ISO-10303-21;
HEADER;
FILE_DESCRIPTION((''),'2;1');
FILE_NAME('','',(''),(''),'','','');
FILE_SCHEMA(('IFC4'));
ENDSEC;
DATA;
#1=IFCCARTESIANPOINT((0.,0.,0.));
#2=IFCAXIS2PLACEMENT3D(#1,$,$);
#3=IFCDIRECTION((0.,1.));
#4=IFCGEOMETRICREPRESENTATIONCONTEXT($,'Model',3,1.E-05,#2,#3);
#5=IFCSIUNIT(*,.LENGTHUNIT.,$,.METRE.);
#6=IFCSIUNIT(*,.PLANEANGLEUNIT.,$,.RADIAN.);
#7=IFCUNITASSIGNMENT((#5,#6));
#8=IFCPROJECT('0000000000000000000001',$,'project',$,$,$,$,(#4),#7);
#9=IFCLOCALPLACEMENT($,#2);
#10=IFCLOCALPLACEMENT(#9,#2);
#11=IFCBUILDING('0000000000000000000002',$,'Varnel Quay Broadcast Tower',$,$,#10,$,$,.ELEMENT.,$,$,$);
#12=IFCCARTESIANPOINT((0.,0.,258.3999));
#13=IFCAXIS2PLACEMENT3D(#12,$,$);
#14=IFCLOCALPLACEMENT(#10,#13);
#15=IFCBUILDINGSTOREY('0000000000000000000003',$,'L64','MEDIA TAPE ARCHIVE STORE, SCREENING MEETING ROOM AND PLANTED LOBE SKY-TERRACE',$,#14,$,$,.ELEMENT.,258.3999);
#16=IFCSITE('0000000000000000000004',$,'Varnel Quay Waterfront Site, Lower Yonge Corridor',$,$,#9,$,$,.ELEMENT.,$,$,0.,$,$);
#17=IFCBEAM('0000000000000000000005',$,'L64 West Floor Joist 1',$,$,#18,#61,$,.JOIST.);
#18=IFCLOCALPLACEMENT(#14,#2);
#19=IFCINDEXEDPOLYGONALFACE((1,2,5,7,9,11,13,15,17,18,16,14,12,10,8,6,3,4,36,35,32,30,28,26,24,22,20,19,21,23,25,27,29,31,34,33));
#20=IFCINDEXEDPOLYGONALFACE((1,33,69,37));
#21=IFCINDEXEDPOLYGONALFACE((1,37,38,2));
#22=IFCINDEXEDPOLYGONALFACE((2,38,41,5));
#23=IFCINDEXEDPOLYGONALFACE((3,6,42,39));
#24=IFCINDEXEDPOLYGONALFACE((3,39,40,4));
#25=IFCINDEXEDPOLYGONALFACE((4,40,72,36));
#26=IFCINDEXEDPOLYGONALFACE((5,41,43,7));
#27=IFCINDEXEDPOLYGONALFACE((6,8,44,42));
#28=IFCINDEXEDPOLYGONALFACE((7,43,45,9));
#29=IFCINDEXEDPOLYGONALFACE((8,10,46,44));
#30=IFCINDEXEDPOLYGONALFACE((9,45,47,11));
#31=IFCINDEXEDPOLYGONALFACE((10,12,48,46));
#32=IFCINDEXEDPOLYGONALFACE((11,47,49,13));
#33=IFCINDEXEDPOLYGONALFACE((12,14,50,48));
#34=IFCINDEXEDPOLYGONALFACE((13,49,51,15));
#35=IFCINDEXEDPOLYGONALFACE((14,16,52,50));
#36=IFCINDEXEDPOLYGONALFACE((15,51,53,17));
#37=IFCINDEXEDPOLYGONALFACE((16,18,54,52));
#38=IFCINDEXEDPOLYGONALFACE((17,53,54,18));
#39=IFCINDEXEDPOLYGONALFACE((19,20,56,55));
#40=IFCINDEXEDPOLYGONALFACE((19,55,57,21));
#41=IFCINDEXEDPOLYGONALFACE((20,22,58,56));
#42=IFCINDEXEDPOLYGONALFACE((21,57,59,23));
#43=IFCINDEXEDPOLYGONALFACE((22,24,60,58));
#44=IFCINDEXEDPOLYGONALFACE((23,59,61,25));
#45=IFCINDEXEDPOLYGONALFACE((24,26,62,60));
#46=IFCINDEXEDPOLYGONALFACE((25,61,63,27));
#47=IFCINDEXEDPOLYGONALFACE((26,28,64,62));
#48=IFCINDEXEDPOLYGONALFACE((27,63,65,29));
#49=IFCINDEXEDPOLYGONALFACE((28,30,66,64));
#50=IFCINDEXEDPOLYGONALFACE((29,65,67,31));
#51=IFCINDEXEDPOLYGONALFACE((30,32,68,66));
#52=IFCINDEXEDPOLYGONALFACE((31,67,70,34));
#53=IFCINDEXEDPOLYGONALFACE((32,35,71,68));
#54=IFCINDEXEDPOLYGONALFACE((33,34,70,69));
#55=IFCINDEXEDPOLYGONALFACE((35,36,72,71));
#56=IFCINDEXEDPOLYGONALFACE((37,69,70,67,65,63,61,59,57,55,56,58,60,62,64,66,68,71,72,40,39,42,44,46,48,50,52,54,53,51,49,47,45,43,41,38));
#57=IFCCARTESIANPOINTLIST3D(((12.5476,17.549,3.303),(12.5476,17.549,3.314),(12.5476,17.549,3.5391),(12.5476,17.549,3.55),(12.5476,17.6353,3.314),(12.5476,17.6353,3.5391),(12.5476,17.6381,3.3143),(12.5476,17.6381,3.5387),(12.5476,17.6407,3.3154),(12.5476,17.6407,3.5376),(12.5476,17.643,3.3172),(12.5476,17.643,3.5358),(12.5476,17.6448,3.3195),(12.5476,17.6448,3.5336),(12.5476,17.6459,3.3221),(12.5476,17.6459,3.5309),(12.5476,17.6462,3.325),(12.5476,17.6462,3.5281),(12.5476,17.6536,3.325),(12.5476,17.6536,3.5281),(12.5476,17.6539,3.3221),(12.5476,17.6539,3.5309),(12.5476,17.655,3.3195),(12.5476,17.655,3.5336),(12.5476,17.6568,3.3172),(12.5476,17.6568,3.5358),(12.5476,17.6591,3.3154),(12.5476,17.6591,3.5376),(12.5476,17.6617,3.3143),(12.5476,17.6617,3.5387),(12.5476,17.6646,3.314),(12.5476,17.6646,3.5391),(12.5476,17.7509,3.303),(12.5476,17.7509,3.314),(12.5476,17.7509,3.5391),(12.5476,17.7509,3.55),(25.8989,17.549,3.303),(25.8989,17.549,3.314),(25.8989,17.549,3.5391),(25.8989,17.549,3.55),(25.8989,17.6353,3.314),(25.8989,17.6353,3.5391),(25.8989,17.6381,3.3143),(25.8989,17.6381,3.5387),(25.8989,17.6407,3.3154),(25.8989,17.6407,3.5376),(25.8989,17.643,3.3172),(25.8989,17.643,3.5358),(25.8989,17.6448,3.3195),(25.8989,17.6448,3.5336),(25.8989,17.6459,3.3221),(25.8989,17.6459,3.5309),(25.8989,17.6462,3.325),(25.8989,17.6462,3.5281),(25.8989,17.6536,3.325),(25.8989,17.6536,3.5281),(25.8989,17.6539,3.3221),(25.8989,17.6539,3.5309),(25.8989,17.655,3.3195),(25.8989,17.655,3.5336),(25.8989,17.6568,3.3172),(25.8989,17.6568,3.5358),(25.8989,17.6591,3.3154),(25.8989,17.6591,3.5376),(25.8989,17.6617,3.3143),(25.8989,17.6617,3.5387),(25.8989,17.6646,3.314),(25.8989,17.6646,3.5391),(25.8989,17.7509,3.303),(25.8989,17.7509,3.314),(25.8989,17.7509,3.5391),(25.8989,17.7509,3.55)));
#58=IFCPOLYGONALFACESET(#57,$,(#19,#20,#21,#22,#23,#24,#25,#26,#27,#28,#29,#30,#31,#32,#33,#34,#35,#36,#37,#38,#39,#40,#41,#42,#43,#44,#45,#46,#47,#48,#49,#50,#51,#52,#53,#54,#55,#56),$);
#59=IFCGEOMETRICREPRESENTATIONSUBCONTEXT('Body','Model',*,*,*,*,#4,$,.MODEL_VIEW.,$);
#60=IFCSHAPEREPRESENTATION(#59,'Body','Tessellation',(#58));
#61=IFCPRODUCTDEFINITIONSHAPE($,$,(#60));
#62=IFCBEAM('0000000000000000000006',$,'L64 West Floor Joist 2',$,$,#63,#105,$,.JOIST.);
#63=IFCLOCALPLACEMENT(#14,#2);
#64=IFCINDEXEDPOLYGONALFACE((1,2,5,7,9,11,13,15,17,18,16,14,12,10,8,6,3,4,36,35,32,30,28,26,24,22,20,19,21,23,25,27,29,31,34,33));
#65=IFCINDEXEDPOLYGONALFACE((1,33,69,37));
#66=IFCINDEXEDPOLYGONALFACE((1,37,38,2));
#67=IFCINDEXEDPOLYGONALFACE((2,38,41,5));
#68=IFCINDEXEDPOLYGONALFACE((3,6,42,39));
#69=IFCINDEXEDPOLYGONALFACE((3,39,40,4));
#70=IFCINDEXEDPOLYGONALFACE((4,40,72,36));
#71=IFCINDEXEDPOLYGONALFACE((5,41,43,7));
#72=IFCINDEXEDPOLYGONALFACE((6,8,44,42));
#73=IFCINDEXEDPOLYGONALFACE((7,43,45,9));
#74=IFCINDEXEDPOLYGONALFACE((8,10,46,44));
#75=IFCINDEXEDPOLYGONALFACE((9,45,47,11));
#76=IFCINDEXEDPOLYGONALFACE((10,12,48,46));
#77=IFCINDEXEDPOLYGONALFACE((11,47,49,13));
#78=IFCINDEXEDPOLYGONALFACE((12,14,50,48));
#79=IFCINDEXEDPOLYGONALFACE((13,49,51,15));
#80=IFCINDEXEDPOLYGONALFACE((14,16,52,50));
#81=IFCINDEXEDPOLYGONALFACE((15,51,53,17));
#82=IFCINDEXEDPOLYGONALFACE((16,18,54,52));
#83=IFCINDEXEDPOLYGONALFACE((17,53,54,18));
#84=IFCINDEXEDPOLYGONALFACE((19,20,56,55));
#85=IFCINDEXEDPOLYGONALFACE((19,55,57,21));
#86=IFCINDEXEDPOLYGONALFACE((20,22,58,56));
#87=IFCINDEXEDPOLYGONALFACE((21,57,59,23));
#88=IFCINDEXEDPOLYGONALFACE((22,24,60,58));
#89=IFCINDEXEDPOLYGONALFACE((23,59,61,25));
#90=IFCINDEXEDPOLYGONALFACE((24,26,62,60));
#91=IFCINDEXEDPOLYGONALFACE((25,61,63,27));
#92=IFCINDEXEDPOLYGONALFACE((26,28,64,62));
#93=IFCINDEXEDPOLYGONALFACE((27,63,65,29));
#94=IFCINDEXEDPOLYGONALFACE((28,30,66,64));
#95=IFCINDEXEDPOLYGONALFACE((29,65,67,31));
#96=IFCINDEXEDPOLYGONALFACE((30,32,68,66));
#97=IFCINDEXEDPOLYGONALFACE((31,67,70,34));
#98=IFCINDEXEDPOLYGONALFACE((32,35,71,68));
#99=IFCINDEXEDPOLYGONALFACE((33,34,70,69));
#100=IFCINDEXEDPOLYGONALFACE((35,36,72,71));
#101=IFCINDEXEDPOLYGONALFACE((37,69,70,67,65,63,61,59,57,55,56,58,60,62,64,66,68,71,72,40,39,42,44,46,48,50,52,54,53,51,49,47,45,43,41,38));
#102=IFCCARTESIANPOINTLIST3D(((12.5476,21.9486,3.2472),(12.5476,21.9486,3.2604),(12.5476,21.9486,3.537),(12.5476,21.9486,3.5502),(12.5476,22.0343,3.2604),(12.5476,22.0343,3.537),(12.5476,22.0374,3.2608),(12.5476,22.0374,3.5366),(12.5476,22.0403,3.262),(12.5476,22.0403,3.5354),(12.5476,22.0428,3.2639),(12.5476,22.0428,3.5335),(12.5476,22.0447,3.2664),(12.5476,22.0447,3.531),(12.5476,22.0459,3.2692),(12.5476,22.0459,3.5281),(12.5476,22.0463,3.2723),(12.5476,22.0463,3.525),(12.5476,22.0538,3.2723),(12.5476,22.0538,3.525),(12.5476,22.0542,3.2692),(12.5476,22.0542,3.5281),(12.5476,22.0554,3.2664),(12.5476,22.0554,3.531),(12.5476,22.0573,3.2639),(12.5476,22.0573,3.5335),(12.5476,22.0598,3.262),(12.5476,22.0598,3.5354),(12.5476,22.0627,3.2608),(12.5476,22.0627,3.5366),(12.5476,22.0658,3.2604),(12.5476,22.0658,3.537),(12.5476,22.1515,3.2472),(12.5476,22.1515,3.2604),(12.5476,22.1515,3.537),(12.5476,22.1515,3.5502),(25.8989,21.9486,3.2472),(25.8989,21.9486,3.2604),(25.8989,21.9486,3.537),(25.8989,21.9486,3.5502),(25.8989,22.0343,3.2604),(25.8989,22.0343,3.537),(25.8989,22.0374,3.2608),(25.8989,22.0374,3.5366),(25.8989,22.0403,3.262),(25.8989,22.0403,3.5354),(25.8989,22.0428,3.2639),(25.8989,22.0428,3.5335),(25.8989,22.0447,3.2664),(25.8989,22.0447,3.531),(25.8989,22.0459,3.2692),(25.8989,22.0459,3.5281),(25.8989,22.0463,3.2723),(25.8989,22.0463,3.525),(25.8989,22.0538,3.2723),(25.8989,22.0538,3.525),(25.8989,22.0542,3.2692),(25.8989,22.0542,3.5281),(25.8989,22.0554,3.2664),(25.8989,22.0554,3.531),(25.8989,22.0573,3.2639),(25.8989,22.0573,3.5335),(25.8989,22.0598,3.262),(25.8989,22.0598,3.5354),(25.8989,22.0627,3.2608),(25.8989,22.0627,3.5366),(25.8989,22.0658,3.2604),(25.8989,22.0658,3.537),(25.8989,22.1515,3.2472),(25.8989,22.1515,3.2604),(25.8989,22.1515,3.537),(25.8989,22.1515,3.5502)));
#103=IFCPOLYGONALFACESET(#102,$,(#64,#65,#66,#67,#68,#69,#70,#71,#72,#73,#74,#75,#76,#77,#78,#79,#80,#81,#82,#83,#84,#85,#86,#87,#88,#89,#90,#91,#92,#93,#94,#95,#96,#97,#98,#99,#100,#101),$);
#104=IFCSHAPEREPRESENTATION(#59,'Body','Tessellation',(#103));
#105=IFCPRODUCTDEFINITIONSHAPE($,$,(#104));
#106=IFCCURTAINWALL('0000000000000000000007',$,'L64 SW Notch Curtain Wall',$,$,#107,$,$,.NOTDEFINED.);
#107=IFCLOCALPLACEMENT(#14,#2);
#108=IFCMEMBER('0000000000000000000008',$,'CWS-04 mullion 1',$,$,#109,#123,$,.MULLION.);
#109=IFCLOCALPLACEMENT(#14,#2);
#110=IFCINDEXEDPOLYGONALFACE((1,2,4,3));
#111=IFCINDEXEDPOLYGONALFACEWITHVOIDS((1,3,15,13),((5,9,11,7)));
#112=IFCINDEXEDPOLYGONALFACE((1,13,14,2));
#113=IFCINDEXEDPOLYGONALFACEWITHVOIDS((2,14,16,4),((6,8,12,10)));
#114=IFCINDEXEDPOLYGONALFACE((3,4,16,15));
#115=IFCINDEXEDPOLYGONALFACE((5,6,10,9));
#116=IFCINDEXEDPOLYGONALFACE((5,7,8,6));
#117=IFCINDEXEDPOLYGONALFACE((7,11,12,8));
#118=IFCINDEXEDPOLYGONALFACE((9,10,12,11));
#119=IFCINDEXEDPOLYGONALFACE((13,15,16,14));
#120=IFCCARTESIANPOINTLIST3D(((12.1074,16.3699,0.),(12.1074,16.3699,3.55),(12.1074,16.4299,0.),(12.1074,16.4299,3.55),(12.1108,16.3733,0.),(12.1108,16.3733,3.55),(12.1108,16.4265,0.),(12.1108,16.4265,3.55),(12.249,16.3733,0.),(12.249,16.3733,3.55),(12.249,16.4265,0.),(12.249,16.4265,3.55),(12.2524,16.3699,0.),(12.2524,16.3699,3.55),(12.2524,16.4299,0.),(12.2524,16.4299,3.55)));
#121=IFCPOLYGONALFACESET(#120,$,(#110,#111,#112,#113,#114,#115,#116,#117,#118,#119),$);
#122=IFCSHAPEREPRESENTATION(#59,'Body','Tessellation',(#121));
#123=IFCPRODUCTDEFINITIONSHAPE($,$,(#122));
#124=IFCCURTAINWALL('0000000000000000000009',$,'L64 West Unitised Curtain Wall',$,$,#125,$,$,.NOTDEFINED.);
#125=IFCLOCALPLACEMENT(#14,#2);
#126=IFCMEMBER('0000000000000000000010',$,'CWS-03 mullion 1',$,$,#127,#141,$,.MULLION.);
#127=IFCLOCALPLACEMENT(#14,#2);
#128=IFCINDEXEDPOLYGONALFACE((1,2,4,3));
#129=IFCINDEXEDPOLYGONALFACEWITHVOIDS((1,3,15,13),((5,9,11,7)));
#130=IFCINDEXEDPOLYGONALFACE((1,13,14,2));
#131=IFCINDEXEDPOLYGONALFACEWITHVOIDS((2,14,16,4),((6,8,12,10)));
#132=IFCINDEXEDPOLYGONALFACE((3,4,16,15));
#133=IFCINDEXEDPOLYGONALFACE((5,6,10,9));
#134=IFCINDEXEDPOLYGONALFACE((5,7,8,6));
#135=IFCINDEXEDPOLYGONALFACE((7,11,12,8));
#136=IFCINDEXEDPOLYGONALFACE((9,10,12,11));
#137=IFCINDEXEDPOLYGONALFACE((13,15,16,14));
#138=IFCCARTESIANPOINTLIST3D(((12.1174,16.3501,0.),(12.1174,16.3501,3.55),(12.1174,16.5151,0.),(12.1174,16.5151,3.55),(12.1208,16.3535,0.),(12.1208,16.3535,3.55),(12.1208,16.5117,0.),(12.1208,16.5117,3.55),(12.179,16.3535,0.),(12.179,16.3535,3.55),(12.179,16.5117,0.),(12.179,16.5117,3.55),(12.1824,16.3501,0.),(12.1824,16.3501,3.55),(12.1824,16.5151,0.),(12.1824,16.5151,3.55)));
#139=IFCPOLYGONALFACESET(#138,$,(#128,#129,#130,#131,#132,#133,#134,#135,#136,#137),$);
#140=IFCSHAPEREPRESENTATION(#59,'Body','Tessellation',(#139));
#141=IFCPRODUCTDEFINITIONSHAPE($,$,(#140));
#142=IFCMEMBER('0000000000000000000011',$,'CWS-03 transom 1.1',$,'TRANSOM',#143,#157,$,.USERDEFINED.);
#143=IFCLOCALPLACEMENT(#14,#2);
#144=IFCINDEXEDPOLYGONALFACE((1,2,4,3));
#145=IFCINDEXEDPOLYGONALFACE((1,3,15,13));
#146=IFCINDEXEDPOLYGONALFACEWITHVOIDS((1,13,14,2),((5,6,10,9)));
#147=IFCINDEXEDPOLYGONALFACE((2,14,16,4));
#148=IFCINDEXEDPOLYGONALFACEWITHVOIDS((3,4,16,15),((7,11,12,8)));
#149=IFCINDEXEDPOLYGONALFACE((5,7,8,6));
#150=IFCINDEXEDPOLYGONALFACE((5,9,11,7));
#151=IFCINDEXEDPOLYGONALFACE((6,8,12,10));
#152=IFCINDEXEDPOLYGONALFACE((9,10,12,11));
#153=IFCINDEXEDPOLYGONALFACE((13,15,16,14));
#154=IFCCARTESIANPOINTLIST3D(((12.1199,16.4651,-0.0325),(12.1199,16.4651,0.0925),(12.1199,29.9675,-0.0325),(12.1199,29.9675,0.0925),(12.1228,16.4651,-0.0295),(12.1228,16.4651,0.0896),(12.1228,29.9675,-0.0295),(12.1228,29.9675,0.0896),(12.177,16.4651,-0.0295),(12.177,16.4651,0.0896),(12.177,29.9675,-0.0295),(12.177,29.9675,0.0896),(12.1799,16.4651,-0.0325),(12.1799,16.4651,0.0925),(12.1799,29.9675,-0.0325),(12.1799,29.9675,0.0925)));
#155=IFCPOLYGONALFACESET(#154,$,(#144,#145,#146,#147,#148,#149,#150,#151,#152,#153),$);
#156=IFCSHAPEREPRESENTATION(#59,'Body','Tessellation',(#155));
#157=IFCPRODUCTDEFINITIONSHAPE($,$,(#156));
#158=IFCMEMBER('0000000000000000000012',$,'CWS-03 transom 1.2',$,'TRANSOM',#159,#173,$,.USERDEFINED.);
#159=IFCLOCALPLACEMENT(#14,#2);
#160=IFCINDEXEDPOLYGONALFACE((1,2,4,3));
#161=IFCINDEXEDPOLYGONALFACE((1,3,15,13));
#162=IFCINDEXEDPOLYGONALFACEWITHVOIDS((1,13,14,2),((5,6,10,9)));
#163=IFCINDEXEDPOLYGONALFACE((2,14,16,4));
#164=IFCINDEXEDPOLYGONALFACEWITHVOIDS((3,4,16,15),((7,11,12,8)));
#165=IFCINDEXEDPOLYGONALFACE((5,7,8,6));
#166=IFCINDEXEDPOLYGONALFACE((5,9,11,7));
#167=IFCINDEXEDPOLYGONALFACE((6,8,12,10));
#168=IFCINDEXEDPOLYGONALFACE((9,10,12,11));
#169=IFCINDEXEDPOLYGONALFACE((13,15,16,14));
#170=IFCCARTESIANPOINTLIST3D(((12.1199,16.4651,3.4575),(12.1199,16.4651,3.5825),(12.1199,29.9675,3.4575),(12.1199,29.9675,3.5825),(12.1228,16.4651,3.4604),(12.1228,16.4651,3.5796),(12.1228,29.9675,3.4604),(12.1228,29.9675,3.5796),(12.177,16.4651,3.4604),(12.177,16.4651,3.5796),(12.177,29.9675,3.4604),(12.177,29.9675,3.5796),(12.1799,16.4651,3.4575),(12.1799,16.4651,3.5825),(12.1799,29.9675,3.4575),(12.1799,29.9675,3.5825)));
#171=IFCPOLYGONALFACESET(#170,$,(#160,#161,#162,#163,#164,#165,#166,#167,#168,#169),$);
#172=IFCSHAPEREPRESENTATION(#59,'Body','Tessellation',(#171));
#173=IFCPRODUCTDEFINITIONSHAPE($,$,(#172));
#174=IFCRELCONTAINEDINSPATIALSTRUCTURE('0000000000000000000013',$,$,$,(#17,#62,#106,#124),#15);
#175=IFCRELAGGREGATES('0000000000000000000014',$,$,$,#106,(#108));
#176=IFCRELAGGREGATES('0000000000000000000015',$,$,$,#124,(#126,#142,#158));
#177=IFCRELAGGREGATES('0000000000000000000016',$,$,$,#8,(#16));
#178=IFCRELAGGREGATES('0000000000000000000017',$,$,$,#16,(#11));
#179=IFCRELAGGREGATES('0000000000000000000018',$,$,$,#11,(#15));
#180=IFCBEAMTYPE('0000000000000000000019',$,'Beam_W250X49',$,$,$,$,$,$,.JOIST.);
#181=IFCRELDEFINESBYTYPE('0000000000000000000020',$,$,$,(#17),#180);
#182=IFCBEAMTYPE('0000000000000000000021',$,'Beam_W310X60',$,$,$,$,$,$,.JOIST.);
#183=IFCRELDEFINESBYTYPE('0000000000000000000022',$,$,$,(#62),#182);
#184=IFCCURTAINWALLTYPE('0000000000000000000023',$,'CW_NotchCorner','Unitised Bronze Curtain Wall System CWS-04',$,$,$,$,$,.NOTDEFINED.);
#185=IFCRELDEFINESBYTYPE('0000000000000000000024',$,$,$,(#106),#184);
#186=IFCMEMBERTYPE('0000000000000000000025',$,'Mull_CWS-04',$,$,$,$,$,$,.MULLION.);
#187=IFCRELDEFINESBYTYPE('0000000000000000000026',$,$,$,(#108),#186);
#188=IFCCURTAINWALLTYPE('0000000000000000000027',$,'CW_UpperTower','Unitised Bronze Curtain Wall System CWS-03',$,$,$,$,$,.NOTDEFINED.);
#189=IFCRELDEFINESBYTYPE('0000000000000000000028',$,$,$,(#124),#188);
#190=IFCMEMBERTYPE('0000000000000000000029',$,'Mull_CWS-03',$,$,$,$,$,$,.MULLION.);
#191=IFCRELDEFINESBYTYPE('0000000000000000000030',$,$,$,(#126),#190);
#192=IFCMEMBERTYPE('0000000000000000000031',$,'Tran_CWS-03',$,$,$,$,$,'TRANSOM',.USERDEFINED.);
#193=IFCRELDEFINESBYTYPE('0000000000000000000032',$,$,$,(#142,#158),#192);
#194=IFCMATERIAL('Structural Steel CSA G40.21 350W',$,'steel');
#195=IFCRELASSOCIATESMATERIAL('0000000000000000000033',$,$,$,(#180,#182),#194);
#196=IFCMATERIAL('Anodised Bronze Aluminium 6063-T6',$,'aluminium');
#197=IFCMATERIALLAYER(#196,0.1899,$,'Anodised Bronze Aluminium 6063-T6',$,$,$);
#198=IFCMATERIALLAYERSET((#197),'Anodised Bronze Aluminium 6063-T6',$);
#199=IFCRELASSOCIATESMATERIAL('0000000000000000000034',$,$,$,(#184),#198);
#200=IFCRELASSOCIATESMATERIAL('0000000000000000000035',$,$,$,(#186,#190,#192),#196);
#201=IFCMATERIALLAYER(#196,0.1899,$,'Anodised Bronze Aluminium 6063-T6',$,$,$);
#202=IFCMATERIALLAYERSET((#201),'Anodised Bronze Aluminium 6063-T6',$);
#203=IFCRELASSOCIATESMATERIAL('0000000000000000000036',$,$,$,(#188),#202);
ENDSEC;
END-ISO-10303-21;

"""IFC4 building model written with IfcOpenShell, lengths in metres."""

from ifc_helpers import new_model, si_unit, direction, frame, origin, origin_2d, place, context, subcontext, project, spatial, hollow_rectangle, i_section, extrude, source, transform, mapped, material, layer, layer_set, material_profile, profile_set, type_object, type_shapes, element, aggregate, save


model = new_model("IFC4")

# Units and contexts
model_context = context("Model", 3, precision=1e-05, world=origin(), true_north=direction((0.0, 1.0)))
body_context = subcontext(model_context, "Body", "Model", "MODEL_VIEW")
ifc_project = project(units=[si_unit("LENGTHUNIT", "METRE"), si_unit("PLANEANGLEUNIT", "RADIAN")], contexts=[model_context])

# Site, building, storey
site_placement = place(None, origin())
site = spatial("IfcSite", under=ifc_project, at=site_placement, Name="Varnel Quay Waterfront Site, Lower Yonge Corridor", CompositionType="ELEMENT", RefElevation=0.0)
building_placement = place(site_placement, origin())
building = spatial("IfcBuilding", under=site, at=building_placement, Name="Varnel Quay Broadcast Tower", CompositionType="ELEMENT")
storey_placement = place(building_placement, frame((0.0, 0.0, 258.3999)))
storey = spatial("IfcBuildingStorey", under=building, at=storey_placement, Name="L64", Description="MEDIA TAPE ARCHIVE STORE, SCREENING MEETING ROOM AND PLANTED LOBE SKY-TERRACE", CompositionType="ELEMENT", Elevation=258.3999)

# Beams
ifc_material_1 = material(Name="Structural Steel CSA G40.21 350W", Category="steel")
ifc_material_profile_1 = material_profile(ifc_material_1, i_section(OverallWidth=0.2019, OverallDepth=0.2471, WebThickness=0.0073, FlangeThickness=0.011, FilletRadius=0.011, at=origin_2d()), Name="W250X49")
ifc_profile_set_1 = profile_set([ifc_material_profile_1], Name="Structural Steel CSA G40.21 350W")
beam_type_1 = type_object("IfcBeamType", Name="Beam_W250X49", PredefinedType="JOIST", material=ifc_profile_set_1)
shared_shape_1 = source(origin(), body_context, "Body", "SweptSolid", [
    extrude(i_section(OverallWidth=0.2019, OverallDepth=0.2471, WebThickness=0.0073, FlangeThickness=0.011, FilletRadius=0.011, at=origin_2d()), origin(), (0.0, 0.0, 1.0), 13.3513),
])
type_shapes(beam_type_1, [shared_shape_1])
beam_1_placement = place(storey_placement, frame((12.5476, 17.6499, 3.4265), z_axis=(1.0, 0.0, 0.0), x_axis=(0.0, 1.0, 0.0)))
element("IfcBeam", 1, at=beam_1_placement, inside=storey, type_object=beam_type_1, Name="L64 West Floor Joist 1", PredefinedType="JOIST", context=body_context, shape_type="MappedRepresentation", body=[
    mapped(shared_shape_1, transform((0.0, 0.0, 0.0), x_axis=(1.0, 0.0, 0.0), y_axis=(0.0, 1.0, 0.0), z_axis=(0.0, 0.0, 1.0), scale=1.0)),
])
ifc_material_profile_2 = material_profile(ifc_material_1, i_section(OverallWidth=0.2029, OverallDepth=0.303, WebThickness=0.0076, FlangeThickness=0.0132, FilletRadius=0.012, at=origin_2d()), Name="W310X60")
ifc_profile_set_2 = profile_set([ifc_material_profile_2], Name="Structural Steel CSA G40.21 350W")
beam_type_2 = type_object("IfcBeamType", Name="Beam_W310X60", PredefinedType="JOIST", material=ifc_profile_set_2)
shared_shape_2 = source(origin(), body_context, "Body", "SweptSolid", [
    extrude(i_section(OverallWidth=0.2029, OverallDepth=0.303, WebThickness=0.0076, FlangeThickness=0.0132, FilletRadius=0.012, at=origin_2d()), origin(), (0.0, 0.0, 1.0), 13.3513),
])
type_shapes(beam_type_2, [shared_shape_2])
beam_2_placement = place(storey_placement, frame((12.5476, 22.05, 3.3987), z_axis=(1.0, 0.0, 0.0), x_axis=(0.0, 1.0, 0.0)))
element("IfcBeam", 2, at=beam_2_placement, inside=storey, type_object=beam_type_2, Name="L64 West Floor Joist 2", PredefinedType="JOIST", context=body_context, shape_type="MappedRepresentation", body=[
    mapped(shared_shape_2, transform((0.0, 0.0, 0.0), x_axis=(1.0, 0.0, 0.0), y_axis=(0.0, 1.0, 0.0), z_axis=(0.0, 0.0, 1.0), scale=1.0)),
])

# Curtain wall, member
ifc_material_2 = material(Name="Anodised Bronze Aluminium 6063-T6", Category="aluminium")
ifc_layer_1 = layer(ifc_material_2, 0.1899, Name="Anodised Bronze Aluminium 6063-T6")
ifc_layer_set_1 = layer_set([ifc_layer_1], Name="Anodised Bronze Aluminium 6063-T6")
curtain_wall_type_1 = type_object("IfcCurtainWallType", Name="CW_NotchCorner", Description="Unitised Bronze Curtain Wall System CWS-04", PredefinedType="NOTDEFINED", material=ifc_layer_set_1)
curtain_wall_1_placement = place(storey_placement, origin())
curtain_wall_1 = element("IfcCurtainWall", 3, at=curtain_wall_1_placement, inside=storey, type_object=curtain_wall_type_1, Name="L64 SW Notch Curtain Wall", PredefinedType="NOTDEFINED")
ifc_material_profile_3 = material_profile(ifc_material_2, hollow_rectangle(XDim=0.0601, YDim=0.145, WallThickness=0.0034, at=origin_2d()), Name="ALU60X145X3.5")
ifc_profile_set_3 = profile_set([ifc_material_profile_3], Name="Anodised Bronze Aluminium 6063-T6")
member_type_1 = type_object("IfcMemberType", Name="Mull_CWS-04", PredefinedType="MULLION", material=ifc_profile_set_3)
shared_shape_3 = source(origin(), body_context, "Body", "SweptSolid", [
    extrude(hollow_rectangle(XDim=0.0601, YDim=0.145, WallThickness=0.0034, at=origin_2d()), origin(), (0.0, 0.0, 1.0), 3.55),
])
type_shapes(member_type_1, [shared_shape_3])
member_1_placement = place(storey_placement, frame((12.1799, 16.3999, 0.0), z_axis=(0.0, 0.0, 1.0), x_axis=(0.0, 1.0, 0.0)))
member_1 = element("IfcMember", 4, at=member_1_placement, type_object=member_type_1, Name="CWS-04 mullion 1", PredefinedType="MULLION", context=body_context, shape_type="MappedRepresentation", body=[
    mapped(shared_shape_3, transform((0.0, 0.0, 0.0), x_axis=(1.0, 0.0, 0.0), y_axis=(0.0, 1.0, 0.0), z_axis=(0.0, 0.0, 1.0), scale=1.0)),
])

# Curtain wall, members
ifc_layer_2 = layer(ifc_material_2, 0.1899, Name="Anodised Bronze Aluminium 6063-T6")
ifc_layer_set_2 = layer_set([ifc_layer_2], Name="Anodised Bronze Aluminium 6063-T6")
curtain_wall_type_2 = type_object("IfcCurtainWallType", Name="CW_UpperTower", Description="Unitised Bronze Curtain Wall System CWS-03", PredefinedType="NOTDEFINED", material=ifc_layer_set_2)
curtain_wall_2_placement = place(storey_placement, origin())
curtain_wall_2 = element("IfcCurtainWall", 5, at=curtain_wall_2_placement, inside=storey, type_object=curtain_wall_type_2, Name="L64 West Unitised Curtain Wall", PredefinedType="NOTDEFINED")
ifc_material_profile_4 = material_profile(ifc_material_2, hollow_rectangle(XDim=0.0649, YDim=0.165, WallThickness=0.0034, at=origin_2d()), Name="ALU65X165X3.5")
ifc_profile_set_4 = profile_set([ifc_material_profile_4], Name="Anodised Bronze Aluminium 6063-T6")
member_type_2 = type_object("IfcMemberType", Name="Mull_CWS-03", PredefinedType="MULLION", material=ifc_profile_set_4)
shared_shape_4 = source(origin(), body_context, "Body", "SweptSolid", [
    extrude(hollow_rectangle(XDim=0.0649, YDim=0.165, WallThickness=0.0034, at=origin_2d()), origin(), (0.0, 0.0, 1.0), 3.55),
])
type_shapes(member_type_2, [shared_shape_4])
member_2_placement = place(storey_placement, frame((12.1499, 16.4326, 0.0), z_axis=(0.0, 0.0, 1.0), x_axis=(-1.0, 0.0, 0.0)))
member_2 = element("IfcMember", 6, at=member_2_placement, type_object=member_type_2, Name="CWS-03 mullion 1", PredefinedType="MULLION", context=body_context, shape_type="MappedRepresentation", body=[
    mapped(shared_shape_4, transform((0.0, 0.0, 0.0), x_axis=(1.0, 0.0, 0.0), y_axis=(0.0, 1.0, 0.0), z_axis=(0.0, 0.0, 1.0), scale=1.0)),
])
ifc_material_profile_5 = material_profile(ifc_material_2, hollow_rectangle(XDim=0.0601, YDim=0.125, WallThickness=0.0029, at=origin_2d()), Name="ALU60X125X3")
ifc_profile_set_5 = profile_set([ifc_material_profile_5], Name="Anodised Bronze Aluminium 6063-T6")
member_type_3 = type_object("IfcMemberType", Name="Tran_CWS-03", ElementType="TRANSOM", PredefinedType="USERDEFINED", material=ifc_profile_set_5)
shared_shape_5 = source(origin(), body_context, "Body", "SweptSolid", [
    extrude(hollow_rectangle(XDim=0.0601, YDim=0.125, WallThickness=0.0029, at=origin_2d()), origin(), (0.0, 0.0, 1.0), 13.5024),
])
type_shapes(member_type_3, [shared_shape_5])
member_3_placement = place(storey_placement, frame((12.1499, 16.4651, 0.03), z_axis=(0.0, 1.0, 0.0), x_axis=(-1.0, 0.0, 0.0)))
member_3 = element("IfcMember", 7, at=member_3_placement, type_object=member_type_3, Name="CWS-03 transom 1.1", ObjectType="TRANSOM", PredefinedType="USERDEFINED", context=body_context, shape_type="MappedRepresentation", body=[
    mapped(shared_shape_5, transform((0.0, 0.0, 0.0), x_axis=(1.0, 0.0, 0.0), y_axis=(0.0, 1.0, 0.0), z_axis=(0.0, 0.0, 1.0), scale=1.0)),
])
member_4_placement = place(storey_placement, frame((12.1499, 16.4651, 3.52), z_axis=(0.0, 1.0, 0.0), x_axis=(-1.0, 0.0, 0.0)))
member_4 = element("IfcMember", 8, at=member_4_placement, type_object=member_type_3, Name="CWS-03 transom 1.2", ObjectType="TRANSOM", PredefinedType="USERDEFINED", context=body_context, shape_type="MappedRepresentation", body=[
    mapped(shared_shape_5, transform((0.0, 0.0, 0.0), x_axis=(1.0, 0.0, 0.0), y_axis=(0.0, 1.0, 0.0), z_axis=(0.0, 0.0, 1.0), scale=1.0)),
])

aggregate(curtain_wall_1, [member_1])

aggregate(curtain_wall_2, [member_2, member_3, member_4])

save(model, "model.ifc")
